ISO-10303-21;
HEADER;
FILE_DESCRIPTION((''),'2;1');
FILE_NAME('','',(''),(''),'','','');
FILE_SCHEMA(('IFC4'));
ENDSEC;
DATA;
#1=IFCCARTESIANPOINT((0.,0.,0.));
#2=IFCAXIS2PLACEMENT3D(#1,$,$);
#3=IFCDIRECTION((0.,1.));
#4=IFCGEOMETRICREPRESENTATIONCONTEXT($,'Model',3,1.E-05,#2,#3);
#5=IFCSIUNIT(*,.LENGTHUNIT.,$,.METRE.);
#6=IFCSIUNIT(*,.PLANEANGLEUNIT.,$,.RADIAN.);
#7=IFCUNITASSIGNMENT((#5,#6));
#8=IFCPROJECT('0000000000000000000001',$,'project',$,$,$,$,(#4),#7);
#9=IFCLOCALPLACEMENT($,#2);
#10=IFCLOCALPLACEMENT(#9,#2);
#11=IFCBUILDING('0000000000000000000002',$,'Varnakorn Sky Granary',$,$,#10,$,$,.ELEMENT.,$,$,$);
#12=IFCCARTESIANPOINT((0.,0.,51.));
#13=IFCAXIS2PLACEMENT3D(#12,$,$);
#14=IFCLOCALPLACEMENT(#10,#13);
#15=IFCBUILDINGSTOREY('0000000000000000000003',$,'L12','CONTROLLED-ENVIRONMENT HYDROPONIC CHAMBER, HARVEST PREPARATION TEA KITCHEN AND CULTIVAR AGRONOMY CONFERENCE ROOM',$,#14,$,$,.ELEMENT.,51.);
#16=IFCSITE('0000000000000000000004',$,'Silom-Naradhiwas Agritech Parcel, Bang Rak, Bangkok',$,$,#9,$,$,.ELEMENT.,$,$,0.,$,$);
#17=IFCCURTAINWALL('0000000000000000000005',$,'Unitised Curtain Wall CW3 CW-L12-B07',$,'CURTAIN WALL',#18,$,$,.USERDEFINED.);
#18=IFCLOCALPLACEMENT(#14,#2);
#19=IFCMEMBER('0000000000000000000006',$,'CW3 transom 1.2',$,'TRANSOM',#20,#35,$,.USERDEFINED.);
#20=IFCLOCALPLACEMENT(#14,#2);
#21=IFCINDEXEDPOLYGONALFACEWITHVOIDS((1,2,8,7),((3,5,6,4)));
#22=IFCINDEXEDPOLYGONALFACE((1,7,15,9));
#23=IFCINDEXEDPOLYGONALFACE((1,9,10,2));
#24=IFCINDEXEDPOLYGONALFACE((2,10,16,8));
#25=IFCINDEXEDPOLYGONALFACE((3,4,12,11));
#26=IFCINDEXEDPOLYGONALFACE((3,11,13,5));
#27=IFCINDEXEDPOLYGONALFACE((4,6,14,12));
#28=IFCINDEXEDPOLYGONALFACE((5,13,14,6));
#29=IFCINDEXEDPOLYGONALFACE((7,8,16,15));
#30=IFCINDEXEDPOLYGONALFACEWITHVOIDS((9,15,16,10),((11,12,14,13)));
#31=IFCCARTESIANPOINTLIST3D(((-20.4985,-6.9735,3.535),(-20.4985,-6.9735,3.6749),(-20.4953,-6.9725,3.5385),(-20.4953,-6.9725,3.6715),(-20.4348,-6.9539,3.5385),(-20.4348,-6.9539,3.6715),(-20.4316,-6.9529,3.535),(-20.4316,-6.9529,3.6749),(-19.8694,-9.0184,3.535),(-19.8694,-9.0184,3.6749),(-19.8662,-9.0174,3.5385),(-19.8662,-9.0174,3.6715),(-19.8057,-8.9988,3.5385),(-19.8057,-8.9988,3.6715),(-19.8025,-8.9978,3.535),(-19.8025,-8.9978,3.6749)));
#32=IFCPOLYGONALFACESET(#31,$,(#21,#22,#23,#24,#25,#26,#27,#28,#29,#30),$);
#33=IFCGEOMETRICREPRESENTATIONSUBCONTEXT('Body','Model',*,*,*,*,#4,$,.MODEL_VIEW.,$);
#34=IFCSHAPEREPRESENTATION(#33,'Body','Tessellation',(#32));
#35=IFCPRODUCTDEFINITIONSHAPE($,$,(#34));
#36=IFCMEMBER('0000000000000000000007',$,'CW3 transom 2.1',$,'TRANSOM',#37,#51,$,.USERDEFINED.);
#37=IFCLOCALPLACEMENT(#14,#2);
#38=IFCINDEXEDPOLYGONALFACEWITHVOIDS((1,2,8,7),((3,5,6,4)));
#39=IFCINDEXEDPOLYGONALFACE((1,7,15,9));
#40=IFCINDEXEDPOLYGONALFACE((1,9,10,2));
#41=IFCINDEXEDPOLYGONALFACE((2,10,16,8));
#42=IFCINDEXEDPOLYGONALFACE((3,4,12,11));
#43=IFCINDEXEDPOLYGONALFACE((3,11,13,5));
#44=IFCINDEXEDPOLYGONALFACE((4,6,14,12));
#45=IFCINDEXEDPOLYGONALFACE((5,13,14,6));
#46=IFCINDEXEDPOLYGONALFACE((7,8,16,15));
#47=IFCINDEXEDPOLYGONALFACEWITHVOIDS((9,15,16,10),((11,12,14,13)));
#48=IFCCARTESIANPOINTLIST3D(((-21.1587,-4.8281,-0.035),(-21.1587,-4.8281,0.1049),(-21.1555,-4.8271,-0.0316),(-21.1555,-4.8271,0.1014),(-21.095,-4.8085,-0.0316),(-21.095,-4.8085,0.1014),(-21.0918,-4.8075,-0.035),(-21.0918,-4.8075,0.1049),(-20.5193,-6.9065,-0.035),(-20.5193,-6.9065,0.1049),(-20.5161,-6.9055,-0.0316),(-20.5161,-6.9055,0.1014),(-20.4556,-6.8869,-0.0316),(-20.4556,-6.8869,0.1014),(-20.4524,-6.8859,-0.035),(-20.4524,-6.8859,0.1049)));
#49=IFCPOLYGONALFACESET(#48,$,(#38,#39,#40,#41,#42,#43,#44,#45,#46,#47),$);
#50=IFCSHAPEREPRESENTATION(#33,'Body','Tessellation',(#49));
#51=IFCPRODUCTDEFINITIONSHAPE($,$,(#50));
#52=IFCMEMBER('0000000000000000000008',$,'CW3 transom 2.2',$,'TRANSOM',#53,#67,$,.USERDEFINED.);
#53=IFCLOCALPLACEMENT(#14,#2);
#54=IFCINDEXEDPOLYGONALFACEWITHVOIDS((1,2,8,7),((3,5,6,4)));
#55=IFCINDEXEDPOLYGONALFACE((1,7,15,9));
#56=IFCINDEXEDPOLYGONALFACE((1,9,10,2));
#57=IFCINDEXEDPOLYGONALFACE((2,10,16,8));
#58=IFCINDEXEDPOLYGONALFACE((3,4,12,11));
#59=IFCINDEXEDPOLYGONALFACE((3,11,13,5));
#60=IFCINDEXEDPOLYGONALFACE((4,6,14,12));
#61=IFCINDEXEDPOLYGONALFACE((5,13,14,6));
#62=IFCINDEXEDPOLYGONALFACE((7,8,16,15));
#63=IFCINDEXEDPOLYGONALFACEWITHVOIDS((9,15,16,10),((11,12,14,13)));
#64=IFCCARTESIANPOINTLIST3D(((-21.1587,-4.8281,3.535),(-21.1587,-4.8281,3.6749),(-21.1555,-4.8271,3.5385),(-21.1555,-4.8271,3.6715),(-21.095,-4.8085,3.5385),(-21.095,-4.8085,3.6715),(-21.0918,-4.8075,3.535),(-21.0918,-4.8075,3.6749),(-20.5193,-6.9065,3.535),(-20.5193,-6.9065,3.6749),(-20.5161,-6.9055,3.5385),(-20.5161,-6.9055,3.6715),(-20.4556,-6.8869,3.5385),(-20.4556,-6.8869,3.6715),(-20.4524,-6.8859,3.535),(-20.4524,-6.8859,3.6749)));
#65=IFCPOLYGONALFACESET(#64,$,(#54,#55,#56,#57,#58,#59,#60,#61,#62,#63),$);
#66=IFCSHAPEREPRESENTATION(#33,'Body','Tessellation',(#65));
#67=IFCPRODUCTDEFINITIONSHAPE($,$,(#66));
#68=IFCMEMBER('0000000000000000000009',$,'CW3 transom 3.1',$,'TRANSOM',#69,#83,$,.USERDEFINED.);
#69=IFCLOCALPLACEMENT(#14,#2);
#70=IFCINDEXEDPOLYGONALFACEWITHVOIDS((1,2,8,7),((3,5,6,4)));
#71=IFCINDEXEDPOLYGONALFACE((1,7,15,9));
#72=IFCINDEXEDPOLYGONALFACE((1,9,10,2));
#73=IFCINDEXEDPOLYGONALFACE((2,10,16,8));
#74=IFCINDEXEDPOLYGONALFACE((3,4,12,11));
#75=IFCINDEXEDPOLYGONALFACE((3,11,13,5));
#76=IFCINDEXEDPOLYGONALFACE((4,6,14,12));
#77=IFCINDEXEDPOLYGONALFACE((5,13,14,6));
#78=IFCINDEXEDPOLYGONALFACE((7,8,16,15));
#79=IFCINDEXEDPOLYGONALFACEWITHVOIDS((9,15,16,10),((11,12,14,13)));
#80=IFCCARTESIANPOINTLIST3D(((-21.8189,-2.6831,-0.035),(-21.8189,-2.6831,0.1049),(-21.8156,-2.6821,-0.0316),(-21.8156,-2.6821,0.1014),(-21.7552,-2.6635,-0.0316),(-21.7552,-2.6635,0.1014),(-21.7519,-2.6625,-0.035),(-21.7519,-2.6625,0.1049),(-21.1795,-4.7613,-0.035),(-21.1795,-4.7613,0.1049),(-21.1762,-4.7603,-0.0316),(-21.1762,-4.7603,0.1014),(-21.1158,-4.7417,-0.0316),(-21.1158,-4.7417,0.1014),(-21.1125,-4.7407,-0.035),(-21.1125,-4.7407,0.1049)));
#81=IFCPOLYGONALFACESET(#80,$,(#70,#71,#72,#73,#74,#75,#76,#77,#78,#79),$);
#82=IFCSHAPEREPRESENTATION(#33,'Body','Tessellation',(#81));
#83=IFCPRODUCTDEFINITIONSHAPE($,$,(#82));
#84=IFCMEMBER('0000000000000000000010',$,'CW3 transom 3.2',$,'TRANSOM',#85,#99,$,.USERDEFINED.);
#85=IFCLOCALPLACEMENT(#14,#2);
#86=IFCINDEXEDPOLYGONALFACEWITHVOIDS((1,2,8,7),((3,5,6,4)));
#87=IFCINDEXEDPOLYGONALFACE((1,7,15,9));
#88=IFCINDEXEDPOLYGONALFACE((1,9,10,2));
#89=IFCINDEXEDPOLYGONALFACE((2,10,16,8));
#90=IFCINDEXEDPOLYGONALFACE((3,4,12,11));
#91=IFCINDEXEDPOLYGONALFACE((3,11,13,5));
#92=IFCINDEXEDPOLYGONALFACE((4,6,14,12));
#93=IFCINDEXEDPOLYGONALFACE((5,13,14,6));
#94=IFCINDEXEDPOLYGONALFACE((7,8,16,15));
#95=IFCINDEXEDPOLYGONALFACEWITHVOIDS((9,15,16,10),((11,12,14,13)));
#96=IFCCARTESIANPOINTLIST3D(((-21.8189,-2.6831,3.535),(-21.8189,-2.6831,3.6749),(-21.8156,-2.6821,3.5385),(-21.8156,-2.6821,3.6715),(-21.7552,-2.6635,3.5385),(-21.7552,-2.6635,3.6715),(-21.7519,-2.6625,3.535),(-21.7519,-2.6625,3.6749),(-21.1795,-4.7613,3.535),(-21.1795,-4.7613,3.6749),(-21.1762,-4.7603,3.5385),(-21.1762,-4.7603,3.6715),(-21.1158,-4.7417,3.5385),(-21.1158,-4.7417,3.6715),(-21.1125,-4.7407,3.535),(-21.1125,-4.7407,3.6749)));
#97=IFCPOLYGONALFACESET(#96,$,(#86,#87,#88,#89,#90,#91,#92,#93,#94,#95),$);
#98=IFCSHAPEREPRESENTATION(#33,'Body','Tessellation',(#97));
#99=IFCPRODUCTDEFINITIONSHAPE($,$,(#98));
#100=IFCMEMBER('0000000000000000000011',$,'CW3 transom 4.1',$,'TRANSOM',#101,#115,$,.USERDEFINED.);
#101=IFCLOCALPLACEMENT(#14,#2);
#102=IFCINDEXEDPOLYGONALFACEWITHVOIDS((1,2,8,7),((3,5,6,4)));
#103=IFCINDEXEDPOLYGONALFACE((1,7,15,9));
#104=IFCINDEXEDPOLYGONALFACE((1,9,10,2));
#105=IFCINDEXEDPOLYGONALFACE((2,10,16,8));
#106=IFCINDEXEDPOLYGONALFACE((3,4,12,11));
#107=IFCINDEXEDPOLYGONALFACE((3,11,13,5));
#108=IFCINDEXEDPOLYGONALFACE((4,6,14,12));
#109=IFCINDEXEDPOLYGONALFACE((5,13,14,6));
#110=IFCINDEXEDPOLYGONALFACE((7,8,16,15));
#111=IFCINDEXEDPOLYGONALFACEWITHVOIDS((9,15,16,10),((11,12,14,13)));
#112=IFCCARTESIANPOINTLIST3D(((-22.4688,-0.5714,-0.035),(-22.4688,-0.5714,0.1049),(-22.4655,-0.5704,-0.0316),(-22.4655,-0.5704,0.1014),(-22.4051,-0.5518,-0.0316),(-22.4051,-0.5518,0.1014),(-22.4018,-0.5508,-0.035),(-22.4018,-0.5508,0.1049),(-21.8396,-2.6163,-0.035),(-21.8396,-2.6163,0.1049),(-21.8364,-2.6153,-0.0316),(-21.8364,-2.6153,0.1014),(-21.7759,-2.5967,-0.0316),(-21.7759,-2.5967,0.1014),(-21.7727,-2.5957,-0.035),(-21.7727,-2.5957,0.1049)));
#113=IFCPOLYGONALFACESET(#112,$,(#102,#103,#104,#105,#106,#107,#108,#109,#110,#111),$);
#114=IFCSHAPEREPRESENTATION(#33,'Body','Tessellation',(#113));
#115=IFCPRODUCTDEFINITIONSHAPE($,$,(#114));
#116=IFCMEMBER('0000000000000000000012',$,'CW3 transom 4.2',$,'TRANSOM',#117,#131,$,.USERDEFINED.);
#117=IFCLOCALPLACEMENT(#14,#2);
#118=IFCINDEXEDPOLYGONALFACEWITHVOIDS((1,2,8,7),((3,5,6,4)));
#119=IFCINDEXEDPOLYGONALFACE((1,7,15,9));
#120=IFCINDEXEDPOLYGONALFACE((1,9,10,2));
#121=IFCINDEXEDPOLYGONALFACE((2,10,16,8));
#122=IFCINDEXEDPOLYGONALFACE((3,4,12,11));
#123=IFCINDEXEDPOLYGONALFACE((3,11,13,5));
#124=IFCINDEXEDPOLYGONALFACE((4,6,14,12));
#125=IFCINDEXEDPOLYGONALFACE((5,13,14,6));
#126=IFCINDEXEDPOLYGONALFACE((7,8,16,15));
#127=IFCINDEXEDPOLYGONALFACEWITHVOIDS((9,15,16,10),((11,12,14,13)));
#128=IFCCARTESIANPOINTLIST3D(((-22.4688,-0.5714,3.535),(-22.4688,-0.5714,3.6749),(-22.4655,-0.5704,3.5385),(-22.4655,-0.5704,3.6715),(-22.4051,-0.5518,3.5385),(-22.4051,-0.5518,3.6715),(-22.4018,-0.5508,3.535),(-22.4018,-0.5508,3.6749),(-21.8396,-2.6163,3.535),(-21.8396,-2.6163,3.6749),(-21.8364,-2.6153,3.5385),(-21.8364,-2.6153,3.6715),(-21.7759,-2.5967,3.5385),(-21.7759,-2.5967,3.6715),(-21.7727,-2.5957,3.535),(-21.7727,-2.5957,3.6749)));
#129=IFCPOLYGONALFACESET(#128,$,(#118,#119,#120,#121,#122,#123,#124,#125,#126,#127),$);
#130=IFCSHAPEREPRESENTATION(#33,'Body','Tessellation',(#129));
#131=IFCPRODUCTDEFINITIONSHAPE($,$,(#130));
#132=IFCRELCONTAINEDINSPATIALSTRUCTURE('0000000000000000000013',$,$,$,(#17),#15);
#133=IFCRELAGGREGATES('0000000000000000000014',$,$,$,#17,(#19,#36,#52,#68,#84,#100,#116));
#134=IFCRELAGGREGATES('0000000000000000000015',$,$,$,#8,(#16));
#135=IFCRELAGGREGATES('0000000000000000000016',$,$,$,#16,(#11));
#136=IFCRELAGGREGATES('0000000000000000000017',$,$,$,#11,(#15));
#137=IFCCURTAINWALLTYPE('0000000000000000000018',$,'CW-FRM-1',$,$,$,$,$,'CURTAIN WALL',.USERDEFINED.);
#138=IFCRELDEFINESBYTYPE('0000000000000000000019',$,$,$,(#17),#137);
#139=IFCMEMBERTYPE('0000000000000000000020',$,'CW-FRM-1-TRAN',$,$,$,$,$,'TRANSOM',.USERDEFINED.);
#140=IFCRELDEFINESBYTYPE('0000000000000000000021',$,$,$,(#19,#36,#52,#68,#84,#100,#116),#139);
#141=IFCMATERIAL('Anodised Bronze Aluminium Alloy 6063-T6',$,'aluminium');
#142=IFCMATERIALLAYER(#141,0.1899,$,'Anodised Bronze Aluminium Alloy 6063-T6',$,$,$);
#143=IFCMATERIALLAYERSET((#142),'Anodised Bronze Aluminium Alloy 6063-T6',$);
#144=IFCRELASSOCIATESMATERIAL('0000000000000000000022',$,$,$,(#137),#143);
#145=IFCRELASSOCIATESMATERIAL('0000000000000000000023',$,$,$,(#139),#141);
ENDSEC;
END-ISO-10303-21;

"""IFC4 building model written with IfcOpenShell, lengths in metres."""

from ifc_helpers import new_model, si_unit, direction, frame, origin, origin_2d, place, context, subcontext, project, spatial, hollow_rectangle, extrude, material, layer, layer_set, material_profile, profile_set, type_object, element, aggregate, save


model = new_model("IFC4")

# Units and contexts
model_context = context("Model", 3, precision=1e-05, world=origin(), true_north=direction((0.0, 1.0)))
body_context = subcontext(model_context, "Body", "Model", "MODEL_VIEW")
ifc_project = project(units=[si_unit("LENGTHUNIT", "METRE"), si_unit("PLANEANGLEUNIT", "RADIAN")], contexts=[model_context])

# Site, building, storey
site_placement = place(None, origin())
site = spatial("IfcSite", under=ifc_project, at=site_placement, Name="Silom-Naradhiwas Agritech Parcel, Bang Rak, Bangkok", CompositionType="ELEMENT", RefElevation=0.0)
building_placement = place(site_placement, origin())
building = spatial("IfcBuilding", under=site, at=building_placement, Name="Varnakorn Sky Granary", CompositionType="ELEMENT")
storey_placement = place(building_placement, frame((0.0, 0.0, 51.0)))
storey = spatial("IfcBuildingStorey", under=building, at=storey_placement, Name="L12", Description="CONTROLLED-ENVIRONMENT HYDROPONIC CHAMBER, HARVEST PREPARATION TEA KITCHEN AND CULTIVAR AGRONOMY CONFERENCE ROOM", CompositionType="ELEMENT", Elevation=51.0)

# Curtain wall, members
ifc_material_1 = material(Name="Anodised Bronze Aluminium Alloy 6063-T6", Category="aluminium")
ifc_layer_1 = layer(ifc_material_1, 0.1899, Name="Anodised Bronze Aluminium Alloy 6063-T6")
ifc_layer_set_1 = layer_set([ifc_layer_1], Name="Anodised Bronze Aluminium Alloy 6063-T6")
curtain_wall_type = type_object("IfcCurtainWallType", Name="CW-FRM-1", ElementType="CURTAIN WALL", PredefinedType="USERDEFINED", material=ifc_layer_set_1)
curtain_wall_placement = place(storey_placement, origin())
curtain_wall = element("IfcCurtainWall", 1, at=curtain_wall_placement, inside=storey, type_object=curtain_wall_type, Name="Unitised Curtain Wall CW3 CW-L12-B07", ObjectType="CURTAIN WALL", PredefinedType="USERDEFINED")
ifc_material_profile_1 = material_profile(ifc_material_1, hollow_rectangle(XDim=0.0701, YDim=0.1399, WallThickness=0.0034, at=origin_2d()), Name="ALU TRAN 70x140")
ifc_profile_set_1 = profile_set([ifc_material_profile_1], Name="Anodised Bronze Aluminium Alloy 6063-T6")
member_type_1 = type_object("IfcMemberType", Name="CW-FRM-1-TRAN", ElementType="TRANSOM", PredefinedType="USERDEFINED", material=ifc_profile_set_1)
member_1_placement = place(storey_placement, frame((-19.8359, -9.0081, 3.605), z_axis=(-0.294062, 0.955786, 0.0), x_axis=(-0.955786, -0.294062, 0.0)))
member_1 = element("IfcMember", 2, at=member_1_placement, type_object=member_type_1, Name="CW3 transom 1.2", ObjectType="TRANSOM", PredefinedType="USERDEFINED", context=body_context, shape_type="SweptSolid", body=[
    extrude(hollow_rectangle(XDim=0.0701, YDim=0.1399, WallThickness=0.0034, at=origin_2d()), origin(), (0.0, 0.0, 1.0), 2.1394),
])
member_2_placement = place(storey_placement, frame((-20.4858, -6.8962, 0.0349), z_axis=(-0.294046, 0.955791, 0.0), x_axis=(-0.955791, -0.294046, 0.0)))
member_2 = element("IfcMember", 3, at=member_2_placement, type_object=member_type_1, Name="CW3 transom 2.1", ObjectType="TRANSOM", PredefinedType="USERDEFINED", context=body_context, shape_type="SweptSolid", body=[
    extrude(hollow_rectangle(XDim=0.0701, YDim=0.1399, WallThickness=0.0034, at=origin_2d()), origin(), (0.0, 0.0, 1.0), 2.1746),
])
member_3_placement = place(storey_placement, frame((-20.4858, -6.8962, 3.605), z_axis=(-0.294046, 0.955791, 0.0), x_axis=(-0.955791, -0.294046, 0.0)))
member_3 = element("IfcMember", 4, at=member_3_placement, type_object=member_type_1, Name="CW3 transom 2.2", ObjectType="TRANSOM", PredefinedType="USERDEFINED", context=body_context, shape_type="SweptSolid", body=[
    extrude(hollow_rectangle(XDim=0.0701, YDim=0.1399, WallThickness=0.0034, at=origin_2d()), origin(), (0.0, 0.0, 1.0), 2.1746),
])
member_4_placement = place(storey_placement, frame((-21.146, -4.751, 0.0349), z_axis=(-0.294078, 0.955781, 0.0), x_axis=(-0.955781, -0.294078, 0.0)))
member_4 = element("IfcMember", 5, at=member_4_placement, type_object=member_type_1, Name="CW3 transom 3.1", ObjectType="TRANSOM", PredefinedType="USERDEFINED", context=body_context, shape_type="SweptSolid", body=[
    extrude(hollow_rectangle(XDim=0.0701, YDim=0.1399, WallThickness=0.0034, at=origin_2d()), origin(), (0.0, 0.0, 1.0), 2.1743),
])
member_5_placement = place(storey_placement, frame((-21.146, -4.751, 3.605), z_axis=(-0.294078, 0.955781, 0.0), x_axis=(-0.955781, -0.294078, 0.0)))
member_5 = element("IfcMember", 6, at=member_5_placement, type_object=member_type_1, Name="CW3 transom 3.2", ObjectType="TRANSOM", PredefinedType="USERDEFINED", context=body_context, shape_type="SweptSolid", body=[
    extrude(hollow_rectangle(XDim=0.0701, YDim=0.1399, WallThickness=0.0034, at=origin_2d()), origin(), (0.0, 0.0, 1.0), 2.1743),
])
member_6_placement = place(storey_placement, frame((-21.8062, -2.606, 0.0349), z_axis=(-0.294062, 0.955786, 0.0), x_axis=(-0.955786, -0.294062, 0.0)))
member_6 = element("IfcMember", 7, at=member_6_placement, type_object=member_type_1, Name="CW3 transom 4.1", ObjectType="TRANSOM", PredefinedType="USERDEFINED", context=body_context, shape_type="SweptSolid", body=[
    extrude(hollow_rectangle(XDim=0.0701, YDim=0.1399, WallThickness=0.0034, at=origin_2d()), origin(), (0.0, 0.0, 1.0), 2.1394),
])
member_7_placement = place(storey_placement, frame((-21.8062, -2.606, 3.605), z_axis=(-0.294062, 0.955786, 0.0), x_axis=(-0.955786, -0.294062, 0.0)))
member_7 = element("IfcMember", 8, at=member_7_placement, type_object=member_type_1, Name="CW3 transom 4.2", ObjectType="TRANSOM", PredefinedType="USERDEFINED", context=body_context, shape_type="SweptSolid", body=[
    extrude(hollow_rectangle(XDim=0.0701, YDim=0.1399, WallThickness=0.0034, at=origin_2d()), origin(), (0.0, 0.0, 1.0), 2.1394),
])

aggregate(curtain_wall, [member_1, member_2, member_3, member_4, member_5, member_6, member_7])

save(model, "model.ifc")
